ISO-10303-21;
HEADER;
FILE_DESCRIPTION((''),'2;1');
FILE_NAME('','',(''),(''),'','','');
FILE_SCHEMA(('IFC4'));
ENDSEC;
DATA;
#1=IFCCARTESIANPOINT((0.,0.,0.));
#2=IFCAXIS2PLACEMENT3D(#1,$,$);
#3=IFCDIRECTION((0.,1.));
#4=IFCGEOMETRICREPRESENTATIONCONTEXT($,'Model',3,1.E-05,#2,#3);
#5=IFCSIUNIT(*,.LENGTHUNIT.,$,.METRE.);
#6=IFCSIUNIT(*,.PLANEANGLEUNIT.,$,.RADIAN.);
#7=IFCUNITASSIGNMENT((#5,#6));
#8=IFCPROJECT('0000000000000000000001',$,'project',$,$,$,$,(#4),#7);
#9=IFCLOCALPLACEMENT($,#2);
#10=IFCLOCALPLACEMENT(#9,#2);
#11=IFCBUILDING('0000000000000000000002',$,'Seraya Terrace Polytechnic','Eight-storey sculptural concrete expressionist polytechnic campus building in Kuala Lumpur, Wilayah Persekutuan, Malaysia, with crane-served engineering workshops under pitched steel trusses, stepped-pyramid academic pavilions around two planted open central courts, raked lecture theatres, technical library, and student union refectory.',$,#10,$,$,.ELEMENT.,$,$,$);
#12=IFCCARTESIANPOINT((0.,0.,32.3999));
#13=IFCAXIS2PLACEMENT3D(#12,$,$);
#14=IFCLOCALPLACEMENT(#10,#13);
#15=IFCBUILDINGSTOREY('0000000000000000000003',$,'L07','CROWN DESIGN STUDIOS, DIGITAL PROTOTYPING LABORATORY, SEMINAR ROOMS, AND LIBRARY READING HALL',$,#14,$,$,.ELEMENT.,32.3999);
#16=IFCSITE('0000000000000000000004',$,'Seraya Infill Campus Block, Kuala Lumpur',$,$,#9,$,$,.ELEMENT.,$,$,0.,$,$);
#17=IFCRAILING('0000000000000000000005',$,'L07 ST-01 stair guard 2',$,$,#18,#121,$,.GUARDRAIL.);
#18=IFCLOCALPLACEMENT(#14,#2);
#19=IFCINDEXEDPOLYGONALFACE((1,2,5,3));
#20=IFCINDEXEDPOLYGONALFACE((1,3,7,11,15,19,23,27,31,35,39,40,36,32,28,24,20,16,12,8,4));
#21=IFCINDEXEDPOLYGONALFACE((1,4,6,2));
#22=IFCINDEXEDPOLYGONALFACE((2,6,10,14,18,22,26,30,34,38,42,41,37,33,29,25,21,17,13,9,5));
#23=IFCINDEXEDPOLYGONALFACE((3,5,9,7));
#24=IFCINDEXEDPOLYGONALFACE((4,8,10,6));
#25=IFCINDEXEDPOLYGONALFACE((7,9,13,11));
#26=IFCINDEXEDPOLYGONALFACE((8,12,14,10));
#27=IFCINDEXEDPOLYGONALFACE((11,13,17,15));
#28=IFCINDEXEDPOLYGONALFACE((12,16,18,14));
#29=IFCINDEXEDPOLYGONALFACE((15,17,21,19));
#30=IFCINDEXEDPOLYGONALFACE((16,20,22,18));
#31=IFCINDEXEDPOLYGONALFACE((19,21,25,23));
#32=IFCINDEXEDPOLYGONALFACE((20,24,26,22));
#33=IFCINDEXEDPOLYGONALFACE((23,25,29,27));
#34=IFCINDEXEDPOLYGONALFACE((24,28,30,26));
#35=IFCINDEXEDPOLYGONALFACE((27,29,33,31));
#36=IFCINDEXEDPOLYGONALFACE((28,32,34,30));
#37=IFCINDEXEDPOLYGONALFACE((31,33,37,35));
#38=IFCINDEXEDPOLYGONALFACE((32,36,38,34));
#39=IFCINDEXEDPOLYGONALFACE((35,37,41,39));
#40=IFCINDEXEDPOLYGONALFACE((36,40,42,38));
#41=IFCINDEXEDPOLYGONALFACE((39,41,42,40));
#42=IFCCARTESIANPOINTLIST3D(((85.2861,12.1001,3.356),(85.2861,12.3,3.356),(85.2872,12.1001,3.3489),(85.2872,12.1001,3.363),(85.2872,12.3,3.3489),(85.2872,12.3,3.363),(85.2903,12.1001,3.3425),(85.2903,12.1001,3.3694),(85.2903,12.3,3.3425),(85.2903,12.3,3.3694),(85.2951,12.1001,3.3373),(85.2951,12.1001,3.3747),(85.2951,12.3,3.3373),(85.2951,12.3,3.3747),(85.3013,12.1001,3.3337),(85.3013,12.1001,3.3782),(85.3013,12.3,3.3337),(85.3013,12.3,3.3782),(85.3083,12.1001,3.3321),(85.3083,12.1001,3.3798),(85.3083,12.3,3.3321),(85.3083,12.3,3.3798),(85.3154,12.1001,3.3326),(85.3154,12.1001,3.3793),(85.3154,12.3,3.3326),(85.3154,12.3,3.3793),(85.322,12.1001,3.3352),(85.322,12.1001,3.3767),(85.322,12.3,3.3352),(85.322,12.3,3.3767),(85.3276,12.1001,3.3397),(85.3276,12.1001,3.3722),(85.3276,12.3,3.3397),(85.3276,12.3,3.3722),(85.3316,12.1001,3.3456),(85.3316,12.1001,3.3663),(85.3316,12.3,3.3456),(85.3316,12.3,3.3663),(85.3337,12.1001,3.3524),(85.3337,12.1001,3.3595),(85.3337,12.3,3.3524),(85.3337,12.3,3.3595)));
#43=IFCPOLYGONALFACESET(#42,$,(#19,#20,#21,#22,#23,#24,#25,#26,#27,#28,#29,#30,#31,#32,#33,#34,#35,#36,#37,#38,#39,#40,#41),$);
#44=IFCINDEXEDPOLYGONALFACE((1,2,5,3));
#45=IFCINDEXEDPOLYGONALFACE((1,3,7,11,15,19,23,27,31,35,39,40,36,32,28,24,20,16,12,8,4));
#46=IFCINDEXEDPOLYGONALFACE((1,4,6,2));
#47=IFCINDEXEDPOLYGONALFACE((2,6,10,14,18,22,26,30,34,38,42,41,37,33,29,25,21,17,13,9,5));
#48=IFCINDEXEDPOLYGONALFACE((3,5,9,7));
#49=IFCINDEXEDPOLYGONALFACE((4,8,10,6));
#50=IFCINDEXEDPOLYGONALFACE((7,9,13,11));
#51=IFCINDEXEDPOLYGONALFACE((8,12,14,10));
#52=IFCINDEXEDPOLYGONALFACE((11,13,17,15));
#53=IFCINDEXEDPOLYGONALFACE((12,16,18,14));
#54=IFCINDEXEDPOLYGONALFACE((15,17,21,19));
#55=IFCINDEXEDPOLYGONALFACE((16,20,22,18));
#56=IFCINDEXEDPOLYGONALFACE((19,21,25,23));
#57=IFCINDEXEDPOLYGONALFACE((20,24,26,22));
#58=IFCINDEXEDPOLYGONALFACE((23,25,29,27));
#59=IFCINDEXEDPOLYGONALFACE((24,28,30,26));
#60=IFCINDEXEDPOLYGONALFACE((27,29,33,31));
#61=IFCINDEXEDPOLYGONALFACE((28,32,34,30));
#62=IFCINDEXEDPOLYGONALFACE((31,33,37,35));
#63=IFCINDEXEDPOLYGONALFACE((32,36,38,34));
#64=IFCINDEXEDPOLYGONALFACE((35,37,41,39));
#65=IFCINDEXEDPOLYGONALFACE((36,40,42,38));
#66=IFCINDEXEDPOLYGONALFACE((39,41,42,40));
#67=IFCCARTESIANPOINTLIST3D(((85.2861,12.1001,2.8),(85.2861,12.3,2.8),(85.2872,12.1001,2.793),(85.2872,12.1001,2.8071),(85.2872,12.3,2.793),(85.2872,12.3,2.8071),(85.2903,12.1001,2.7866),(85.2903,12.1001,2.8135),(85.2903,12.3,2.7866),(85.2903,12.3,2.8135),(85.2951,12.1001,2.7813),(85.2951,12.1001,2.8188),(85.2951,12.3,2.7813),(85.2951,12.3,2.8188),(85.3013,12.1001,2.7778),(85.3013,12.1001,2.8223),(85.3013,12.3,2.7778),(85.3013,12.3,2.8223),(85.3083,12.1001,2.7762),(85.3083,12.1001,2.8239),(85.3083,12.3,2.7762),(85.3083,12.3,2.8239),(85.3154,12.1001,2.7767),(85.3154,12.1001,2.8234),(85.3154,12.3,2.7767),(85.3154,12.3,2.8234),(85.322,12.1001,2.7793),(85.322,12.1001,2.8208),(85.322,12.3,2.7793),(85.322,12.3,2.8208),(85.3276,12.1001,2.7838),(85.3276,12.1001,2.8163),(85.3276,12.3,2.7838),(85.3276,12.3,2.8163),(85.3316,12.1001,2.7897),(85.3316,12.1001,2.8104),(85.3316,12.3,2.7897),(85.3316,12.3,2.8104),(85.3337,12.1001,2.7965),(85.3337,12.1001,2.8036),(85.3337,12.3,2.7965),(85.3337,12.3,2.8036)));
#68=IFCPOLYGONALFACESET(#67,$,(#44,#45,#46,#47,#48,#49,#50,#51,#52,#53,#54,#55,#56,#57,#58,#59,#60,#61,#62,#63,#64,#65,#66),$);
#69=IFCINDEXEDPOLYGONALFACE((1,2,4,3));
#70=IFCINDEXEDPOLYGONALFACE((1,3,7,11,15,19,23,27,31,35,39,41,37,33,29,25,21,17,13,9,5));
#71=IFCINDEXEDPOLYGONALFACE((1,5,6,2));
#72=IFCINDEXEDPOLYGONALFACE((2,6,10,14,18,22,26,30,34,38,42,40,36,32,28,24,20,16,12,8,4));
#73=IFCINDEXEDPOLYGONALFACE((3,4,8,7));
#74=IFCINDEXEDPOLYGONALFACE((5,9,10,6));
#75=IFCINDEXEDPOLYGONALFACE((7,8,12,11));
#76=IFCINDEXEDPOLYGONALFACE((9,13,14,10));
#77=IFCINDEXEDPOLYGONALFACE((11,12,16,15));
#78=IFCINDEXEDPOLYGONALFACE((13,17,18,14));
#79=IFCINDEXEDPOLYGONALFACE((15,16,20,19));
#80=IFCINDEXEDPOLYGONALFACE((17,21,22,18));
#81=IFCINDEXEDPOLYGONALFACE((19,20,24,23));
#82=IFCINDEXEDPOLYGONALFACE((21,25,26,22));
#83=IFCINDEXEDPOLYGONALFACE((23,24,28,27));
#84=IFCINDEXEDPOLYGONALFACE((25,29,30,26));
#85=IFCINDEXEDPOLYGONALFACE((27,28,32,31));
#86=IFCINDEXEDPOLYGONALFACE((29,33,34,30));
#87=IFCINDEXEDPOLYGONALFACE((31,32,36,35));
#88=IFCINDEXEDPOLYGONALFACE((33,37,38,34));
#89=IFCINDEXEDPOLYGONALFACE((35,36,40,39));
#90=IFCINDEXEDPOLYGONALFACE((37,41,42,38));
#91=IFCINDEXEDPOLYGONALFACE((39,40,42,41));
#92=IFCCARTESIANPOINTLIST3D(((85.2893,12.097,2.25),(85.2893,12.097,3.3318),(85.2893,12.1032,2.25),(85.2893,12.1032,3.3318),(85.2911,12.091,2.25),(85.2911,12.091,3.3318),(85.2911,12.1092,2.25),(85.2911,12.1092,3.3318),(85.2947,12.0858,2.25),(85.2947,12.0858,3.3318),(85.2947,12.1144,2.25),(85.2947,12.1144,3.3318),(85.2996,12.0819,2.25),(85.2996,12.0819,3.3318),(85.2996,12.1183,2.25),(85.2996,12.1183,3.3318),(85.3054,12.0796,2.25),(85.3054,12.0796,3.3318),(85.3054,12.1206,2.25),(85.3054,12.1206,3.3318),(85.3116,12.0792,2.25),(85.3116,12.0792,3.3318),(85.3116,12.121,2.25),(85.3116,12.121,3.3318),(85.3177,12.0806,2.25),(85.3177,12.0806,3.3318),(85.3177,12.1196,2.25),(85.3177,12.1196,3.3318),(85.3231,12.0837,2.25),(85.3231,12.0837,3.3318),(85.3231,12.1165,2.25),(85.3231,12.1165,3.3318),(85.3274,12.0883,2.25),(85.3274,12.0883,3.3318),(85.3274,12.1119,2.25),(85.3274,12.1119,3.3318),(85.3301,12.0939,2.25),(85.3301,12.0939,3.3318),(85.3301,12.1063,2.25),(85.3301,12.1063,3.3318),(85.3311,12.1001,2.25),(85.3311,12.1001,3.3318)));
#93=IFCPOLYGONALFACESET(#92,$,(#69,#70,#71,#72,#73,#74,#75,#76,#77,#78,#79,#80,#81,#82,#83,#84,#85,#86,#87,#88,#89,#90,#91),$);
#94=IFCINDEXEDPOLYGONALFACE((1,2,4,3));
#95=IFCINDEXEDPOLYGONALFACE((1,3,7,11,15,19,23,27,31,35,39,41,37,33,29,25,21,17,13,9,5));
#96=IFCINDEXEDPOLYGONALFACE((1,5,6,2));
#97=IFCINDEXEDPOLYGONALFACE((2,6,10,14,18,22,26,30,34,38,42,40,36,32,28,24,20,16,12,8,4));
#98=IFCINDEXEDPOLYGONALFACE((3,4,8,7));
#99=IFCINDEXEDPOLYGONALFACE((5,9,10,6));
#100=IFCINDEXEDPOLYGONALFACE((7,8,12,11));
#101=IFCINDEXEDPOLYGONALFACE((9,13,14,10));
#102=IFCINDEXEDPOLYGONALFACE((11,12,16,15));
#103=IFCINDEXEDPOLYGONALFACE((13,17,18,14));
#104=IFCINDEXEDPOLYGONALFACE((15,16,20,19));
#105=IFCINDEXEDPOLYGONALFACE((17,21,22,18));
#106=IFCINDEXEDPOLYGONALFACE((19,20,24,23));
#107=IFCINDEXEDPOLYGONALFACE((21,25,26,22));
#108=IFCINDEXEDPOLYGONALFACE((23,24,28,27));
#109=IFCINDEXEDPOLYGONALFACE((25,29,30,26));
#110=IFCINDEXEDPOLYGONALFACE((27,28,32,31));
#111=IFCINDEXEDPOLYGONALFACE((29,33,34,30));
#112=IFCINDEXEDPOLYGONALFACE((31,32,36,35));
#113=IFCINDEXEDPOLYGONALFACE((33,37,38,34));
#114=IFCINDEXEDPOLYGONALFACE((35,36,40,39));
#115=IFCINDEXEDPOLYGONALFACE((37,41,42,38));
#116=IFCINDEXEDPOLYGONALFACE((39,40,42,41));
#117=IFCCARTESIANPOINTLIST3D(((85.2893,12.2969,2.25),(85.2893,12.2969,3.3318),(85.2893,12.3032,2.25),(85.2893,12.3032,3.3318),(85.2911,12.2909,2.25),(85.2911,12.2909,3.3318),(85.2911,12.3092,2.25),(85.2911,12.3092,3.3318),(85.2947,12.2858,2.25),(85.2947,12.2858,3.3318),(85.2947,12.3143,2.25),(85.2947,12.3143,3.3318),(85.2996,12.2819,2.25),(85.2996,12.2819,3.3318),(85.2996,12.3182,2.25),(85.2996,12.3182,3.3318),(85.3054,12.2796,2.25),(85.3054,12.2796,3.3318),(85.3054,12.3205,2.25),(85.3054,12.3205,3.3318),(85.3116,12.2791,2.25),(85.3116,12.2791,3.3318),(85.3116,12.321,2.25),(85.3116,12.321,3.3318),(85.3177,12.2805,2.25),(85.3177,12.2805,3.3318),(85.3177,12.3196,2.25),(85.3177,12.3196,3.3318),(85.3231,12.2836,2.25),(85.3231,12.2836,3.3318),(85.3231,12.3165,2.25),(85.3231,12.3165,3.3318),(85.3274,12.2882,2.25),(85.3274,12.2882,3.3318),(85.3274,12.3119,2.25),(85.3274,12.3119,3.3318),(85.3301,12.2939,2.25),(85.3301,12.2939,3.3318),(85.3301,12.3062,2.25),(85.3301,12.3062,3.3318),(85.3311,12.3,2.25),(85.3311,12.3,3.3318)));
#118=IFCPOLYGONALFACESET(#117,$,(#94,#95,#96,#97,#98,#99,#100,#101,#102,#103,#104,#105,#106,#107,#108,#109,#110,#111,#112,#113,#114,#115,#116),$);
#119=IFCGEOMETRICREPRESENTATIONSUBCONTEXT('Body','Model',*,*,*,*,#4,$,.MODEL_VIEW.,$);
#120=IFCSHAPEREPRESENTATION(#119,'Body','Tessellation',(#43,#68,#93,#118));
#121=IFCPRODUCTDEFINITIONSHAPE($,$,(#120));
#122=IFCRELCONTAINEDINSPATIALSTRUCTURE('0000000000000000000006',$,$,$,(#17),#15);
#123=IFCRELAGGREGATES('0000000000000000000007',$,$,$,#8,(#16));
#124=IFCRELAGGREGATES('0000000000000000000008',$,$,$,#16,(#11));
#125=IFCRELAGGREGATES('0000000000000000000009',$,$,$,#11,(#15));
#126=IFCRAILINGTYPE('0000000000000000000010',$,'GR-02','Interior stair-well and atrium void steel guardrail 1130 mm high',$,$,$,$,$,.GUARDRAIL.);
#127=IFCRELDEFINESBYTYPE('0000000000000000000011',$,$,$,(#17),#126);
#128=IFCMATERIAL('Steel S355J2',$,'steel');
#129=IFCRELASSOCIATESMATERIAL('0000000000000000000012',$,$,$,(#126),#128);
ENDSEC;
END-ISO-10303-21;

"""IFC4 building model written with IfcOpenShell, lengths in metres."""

from ifc_helpers import new_model, si_unit, direction, frame, origin, origin_2d, place, context, subcontext, project, spatial, circle, extrude, material, type_object, element, save


model = new_model("IFC4")

# Units and contexts
model_context = context("Model", 3, precision=1e-05, world=origin(), true_north=direction((0.0, 1.0)))
body_context = subcontext(model_context, "Body", "Model", "MODEL_VIEW")
ifc_project = project(units=[si_unit("LENGTHUNIT", "METRE"), si_unit("PLANEANGLEUNIT", "RADIAN")], contexts=[model_context])

# Site, building, storey
site_placement = place(None, origin())
site = spatial("IfcSite", under=ifc_project, at=site_placement, Name="Seraya Infill Campus Block, Kuala Lumpur", CompositionType="ELEMENT", RefElevation=0.0)
building_placement = place(site_placement, origin())
building = spatial("IfcBuilding", under=site, at=building_placement, Name="Seraya Terrace Polytechnic", Description="Eight-storey sculptural concrete expressionist polytechnic campus building in Kuala Lumpur, Wilayah Persekutuan, Malaysia, with crane-served engineering workshops under pitched steel trusses, stepped-pyramid academic pavilions around two planted open central courts, raked lecture theatres, technical library, and student union refectory.", CompositionType="ELEMENT")
storey_placement = place(building_placement, frame((0.0, 0.0, 32.3999)))
storey = spatial("IfcBuildingStorey", under=building, at=storey_placement, Name="L07", Description="CROWN DESIGN STUDIOS, DIGITAL PROTOTYPING LABORATORY, SEMINAR ROOMS, AND LIBRARY READING HALL", CompositionType="ELEMENT", Elevation=32.3999)

# Shared definitions
ifc_material_1 = material(Name="Steel S355J2", Category="steel")

# Railing
railing_type = type_object("IfcRailingType", Name="GR-02", Description="Interior stair-well and atrium void steel guardrail 1130 mm high", PredefinedType="GUARDRAIL", material=ifc_material_1)
railing_1_placement = place(storey_placement, frame((85.3101, 12.1001, 2.25)))
element("IfcRailing", 1, at=railing_1_placement, inside=storey, type_object=railing_type, Name="L07 ST-01 stair guard 2", PredefinedType="GUARDRAIL", context=body_context, shape_type="SweptSolid", body=[
    extrude(circle(Radius=0.0239, at=origin_2d()), frame((0.0, 0.0, 1.106), z_axis=(0.0, 1.0, 0.0), x_axis=(-1.0, 0.0, 0.0)), (0.0, 0.0, 1.0), 0.2),
    extrude(circle(Radius=0.0239, at=origin_2d()), frame((0.0, 0.0, 0.55), z_axis=(0.0, 1.0, 0.0), x_axis=(-1.0, 0.0, 0.0)), (0.0, 0.0, 1.0), 0.2),
    extrude(circle(Radius=0.021, at=origin_2d()), origin(), (0.0, 0.0, 1.0), 1.0818),
    extrude(circle(Radius=0.021, at=origin_2d()), frame((0.0, 0.2, 0.0)), (0.0, 0.0, 1.0), 1.0818),
])

save(model, "model.ifc")
